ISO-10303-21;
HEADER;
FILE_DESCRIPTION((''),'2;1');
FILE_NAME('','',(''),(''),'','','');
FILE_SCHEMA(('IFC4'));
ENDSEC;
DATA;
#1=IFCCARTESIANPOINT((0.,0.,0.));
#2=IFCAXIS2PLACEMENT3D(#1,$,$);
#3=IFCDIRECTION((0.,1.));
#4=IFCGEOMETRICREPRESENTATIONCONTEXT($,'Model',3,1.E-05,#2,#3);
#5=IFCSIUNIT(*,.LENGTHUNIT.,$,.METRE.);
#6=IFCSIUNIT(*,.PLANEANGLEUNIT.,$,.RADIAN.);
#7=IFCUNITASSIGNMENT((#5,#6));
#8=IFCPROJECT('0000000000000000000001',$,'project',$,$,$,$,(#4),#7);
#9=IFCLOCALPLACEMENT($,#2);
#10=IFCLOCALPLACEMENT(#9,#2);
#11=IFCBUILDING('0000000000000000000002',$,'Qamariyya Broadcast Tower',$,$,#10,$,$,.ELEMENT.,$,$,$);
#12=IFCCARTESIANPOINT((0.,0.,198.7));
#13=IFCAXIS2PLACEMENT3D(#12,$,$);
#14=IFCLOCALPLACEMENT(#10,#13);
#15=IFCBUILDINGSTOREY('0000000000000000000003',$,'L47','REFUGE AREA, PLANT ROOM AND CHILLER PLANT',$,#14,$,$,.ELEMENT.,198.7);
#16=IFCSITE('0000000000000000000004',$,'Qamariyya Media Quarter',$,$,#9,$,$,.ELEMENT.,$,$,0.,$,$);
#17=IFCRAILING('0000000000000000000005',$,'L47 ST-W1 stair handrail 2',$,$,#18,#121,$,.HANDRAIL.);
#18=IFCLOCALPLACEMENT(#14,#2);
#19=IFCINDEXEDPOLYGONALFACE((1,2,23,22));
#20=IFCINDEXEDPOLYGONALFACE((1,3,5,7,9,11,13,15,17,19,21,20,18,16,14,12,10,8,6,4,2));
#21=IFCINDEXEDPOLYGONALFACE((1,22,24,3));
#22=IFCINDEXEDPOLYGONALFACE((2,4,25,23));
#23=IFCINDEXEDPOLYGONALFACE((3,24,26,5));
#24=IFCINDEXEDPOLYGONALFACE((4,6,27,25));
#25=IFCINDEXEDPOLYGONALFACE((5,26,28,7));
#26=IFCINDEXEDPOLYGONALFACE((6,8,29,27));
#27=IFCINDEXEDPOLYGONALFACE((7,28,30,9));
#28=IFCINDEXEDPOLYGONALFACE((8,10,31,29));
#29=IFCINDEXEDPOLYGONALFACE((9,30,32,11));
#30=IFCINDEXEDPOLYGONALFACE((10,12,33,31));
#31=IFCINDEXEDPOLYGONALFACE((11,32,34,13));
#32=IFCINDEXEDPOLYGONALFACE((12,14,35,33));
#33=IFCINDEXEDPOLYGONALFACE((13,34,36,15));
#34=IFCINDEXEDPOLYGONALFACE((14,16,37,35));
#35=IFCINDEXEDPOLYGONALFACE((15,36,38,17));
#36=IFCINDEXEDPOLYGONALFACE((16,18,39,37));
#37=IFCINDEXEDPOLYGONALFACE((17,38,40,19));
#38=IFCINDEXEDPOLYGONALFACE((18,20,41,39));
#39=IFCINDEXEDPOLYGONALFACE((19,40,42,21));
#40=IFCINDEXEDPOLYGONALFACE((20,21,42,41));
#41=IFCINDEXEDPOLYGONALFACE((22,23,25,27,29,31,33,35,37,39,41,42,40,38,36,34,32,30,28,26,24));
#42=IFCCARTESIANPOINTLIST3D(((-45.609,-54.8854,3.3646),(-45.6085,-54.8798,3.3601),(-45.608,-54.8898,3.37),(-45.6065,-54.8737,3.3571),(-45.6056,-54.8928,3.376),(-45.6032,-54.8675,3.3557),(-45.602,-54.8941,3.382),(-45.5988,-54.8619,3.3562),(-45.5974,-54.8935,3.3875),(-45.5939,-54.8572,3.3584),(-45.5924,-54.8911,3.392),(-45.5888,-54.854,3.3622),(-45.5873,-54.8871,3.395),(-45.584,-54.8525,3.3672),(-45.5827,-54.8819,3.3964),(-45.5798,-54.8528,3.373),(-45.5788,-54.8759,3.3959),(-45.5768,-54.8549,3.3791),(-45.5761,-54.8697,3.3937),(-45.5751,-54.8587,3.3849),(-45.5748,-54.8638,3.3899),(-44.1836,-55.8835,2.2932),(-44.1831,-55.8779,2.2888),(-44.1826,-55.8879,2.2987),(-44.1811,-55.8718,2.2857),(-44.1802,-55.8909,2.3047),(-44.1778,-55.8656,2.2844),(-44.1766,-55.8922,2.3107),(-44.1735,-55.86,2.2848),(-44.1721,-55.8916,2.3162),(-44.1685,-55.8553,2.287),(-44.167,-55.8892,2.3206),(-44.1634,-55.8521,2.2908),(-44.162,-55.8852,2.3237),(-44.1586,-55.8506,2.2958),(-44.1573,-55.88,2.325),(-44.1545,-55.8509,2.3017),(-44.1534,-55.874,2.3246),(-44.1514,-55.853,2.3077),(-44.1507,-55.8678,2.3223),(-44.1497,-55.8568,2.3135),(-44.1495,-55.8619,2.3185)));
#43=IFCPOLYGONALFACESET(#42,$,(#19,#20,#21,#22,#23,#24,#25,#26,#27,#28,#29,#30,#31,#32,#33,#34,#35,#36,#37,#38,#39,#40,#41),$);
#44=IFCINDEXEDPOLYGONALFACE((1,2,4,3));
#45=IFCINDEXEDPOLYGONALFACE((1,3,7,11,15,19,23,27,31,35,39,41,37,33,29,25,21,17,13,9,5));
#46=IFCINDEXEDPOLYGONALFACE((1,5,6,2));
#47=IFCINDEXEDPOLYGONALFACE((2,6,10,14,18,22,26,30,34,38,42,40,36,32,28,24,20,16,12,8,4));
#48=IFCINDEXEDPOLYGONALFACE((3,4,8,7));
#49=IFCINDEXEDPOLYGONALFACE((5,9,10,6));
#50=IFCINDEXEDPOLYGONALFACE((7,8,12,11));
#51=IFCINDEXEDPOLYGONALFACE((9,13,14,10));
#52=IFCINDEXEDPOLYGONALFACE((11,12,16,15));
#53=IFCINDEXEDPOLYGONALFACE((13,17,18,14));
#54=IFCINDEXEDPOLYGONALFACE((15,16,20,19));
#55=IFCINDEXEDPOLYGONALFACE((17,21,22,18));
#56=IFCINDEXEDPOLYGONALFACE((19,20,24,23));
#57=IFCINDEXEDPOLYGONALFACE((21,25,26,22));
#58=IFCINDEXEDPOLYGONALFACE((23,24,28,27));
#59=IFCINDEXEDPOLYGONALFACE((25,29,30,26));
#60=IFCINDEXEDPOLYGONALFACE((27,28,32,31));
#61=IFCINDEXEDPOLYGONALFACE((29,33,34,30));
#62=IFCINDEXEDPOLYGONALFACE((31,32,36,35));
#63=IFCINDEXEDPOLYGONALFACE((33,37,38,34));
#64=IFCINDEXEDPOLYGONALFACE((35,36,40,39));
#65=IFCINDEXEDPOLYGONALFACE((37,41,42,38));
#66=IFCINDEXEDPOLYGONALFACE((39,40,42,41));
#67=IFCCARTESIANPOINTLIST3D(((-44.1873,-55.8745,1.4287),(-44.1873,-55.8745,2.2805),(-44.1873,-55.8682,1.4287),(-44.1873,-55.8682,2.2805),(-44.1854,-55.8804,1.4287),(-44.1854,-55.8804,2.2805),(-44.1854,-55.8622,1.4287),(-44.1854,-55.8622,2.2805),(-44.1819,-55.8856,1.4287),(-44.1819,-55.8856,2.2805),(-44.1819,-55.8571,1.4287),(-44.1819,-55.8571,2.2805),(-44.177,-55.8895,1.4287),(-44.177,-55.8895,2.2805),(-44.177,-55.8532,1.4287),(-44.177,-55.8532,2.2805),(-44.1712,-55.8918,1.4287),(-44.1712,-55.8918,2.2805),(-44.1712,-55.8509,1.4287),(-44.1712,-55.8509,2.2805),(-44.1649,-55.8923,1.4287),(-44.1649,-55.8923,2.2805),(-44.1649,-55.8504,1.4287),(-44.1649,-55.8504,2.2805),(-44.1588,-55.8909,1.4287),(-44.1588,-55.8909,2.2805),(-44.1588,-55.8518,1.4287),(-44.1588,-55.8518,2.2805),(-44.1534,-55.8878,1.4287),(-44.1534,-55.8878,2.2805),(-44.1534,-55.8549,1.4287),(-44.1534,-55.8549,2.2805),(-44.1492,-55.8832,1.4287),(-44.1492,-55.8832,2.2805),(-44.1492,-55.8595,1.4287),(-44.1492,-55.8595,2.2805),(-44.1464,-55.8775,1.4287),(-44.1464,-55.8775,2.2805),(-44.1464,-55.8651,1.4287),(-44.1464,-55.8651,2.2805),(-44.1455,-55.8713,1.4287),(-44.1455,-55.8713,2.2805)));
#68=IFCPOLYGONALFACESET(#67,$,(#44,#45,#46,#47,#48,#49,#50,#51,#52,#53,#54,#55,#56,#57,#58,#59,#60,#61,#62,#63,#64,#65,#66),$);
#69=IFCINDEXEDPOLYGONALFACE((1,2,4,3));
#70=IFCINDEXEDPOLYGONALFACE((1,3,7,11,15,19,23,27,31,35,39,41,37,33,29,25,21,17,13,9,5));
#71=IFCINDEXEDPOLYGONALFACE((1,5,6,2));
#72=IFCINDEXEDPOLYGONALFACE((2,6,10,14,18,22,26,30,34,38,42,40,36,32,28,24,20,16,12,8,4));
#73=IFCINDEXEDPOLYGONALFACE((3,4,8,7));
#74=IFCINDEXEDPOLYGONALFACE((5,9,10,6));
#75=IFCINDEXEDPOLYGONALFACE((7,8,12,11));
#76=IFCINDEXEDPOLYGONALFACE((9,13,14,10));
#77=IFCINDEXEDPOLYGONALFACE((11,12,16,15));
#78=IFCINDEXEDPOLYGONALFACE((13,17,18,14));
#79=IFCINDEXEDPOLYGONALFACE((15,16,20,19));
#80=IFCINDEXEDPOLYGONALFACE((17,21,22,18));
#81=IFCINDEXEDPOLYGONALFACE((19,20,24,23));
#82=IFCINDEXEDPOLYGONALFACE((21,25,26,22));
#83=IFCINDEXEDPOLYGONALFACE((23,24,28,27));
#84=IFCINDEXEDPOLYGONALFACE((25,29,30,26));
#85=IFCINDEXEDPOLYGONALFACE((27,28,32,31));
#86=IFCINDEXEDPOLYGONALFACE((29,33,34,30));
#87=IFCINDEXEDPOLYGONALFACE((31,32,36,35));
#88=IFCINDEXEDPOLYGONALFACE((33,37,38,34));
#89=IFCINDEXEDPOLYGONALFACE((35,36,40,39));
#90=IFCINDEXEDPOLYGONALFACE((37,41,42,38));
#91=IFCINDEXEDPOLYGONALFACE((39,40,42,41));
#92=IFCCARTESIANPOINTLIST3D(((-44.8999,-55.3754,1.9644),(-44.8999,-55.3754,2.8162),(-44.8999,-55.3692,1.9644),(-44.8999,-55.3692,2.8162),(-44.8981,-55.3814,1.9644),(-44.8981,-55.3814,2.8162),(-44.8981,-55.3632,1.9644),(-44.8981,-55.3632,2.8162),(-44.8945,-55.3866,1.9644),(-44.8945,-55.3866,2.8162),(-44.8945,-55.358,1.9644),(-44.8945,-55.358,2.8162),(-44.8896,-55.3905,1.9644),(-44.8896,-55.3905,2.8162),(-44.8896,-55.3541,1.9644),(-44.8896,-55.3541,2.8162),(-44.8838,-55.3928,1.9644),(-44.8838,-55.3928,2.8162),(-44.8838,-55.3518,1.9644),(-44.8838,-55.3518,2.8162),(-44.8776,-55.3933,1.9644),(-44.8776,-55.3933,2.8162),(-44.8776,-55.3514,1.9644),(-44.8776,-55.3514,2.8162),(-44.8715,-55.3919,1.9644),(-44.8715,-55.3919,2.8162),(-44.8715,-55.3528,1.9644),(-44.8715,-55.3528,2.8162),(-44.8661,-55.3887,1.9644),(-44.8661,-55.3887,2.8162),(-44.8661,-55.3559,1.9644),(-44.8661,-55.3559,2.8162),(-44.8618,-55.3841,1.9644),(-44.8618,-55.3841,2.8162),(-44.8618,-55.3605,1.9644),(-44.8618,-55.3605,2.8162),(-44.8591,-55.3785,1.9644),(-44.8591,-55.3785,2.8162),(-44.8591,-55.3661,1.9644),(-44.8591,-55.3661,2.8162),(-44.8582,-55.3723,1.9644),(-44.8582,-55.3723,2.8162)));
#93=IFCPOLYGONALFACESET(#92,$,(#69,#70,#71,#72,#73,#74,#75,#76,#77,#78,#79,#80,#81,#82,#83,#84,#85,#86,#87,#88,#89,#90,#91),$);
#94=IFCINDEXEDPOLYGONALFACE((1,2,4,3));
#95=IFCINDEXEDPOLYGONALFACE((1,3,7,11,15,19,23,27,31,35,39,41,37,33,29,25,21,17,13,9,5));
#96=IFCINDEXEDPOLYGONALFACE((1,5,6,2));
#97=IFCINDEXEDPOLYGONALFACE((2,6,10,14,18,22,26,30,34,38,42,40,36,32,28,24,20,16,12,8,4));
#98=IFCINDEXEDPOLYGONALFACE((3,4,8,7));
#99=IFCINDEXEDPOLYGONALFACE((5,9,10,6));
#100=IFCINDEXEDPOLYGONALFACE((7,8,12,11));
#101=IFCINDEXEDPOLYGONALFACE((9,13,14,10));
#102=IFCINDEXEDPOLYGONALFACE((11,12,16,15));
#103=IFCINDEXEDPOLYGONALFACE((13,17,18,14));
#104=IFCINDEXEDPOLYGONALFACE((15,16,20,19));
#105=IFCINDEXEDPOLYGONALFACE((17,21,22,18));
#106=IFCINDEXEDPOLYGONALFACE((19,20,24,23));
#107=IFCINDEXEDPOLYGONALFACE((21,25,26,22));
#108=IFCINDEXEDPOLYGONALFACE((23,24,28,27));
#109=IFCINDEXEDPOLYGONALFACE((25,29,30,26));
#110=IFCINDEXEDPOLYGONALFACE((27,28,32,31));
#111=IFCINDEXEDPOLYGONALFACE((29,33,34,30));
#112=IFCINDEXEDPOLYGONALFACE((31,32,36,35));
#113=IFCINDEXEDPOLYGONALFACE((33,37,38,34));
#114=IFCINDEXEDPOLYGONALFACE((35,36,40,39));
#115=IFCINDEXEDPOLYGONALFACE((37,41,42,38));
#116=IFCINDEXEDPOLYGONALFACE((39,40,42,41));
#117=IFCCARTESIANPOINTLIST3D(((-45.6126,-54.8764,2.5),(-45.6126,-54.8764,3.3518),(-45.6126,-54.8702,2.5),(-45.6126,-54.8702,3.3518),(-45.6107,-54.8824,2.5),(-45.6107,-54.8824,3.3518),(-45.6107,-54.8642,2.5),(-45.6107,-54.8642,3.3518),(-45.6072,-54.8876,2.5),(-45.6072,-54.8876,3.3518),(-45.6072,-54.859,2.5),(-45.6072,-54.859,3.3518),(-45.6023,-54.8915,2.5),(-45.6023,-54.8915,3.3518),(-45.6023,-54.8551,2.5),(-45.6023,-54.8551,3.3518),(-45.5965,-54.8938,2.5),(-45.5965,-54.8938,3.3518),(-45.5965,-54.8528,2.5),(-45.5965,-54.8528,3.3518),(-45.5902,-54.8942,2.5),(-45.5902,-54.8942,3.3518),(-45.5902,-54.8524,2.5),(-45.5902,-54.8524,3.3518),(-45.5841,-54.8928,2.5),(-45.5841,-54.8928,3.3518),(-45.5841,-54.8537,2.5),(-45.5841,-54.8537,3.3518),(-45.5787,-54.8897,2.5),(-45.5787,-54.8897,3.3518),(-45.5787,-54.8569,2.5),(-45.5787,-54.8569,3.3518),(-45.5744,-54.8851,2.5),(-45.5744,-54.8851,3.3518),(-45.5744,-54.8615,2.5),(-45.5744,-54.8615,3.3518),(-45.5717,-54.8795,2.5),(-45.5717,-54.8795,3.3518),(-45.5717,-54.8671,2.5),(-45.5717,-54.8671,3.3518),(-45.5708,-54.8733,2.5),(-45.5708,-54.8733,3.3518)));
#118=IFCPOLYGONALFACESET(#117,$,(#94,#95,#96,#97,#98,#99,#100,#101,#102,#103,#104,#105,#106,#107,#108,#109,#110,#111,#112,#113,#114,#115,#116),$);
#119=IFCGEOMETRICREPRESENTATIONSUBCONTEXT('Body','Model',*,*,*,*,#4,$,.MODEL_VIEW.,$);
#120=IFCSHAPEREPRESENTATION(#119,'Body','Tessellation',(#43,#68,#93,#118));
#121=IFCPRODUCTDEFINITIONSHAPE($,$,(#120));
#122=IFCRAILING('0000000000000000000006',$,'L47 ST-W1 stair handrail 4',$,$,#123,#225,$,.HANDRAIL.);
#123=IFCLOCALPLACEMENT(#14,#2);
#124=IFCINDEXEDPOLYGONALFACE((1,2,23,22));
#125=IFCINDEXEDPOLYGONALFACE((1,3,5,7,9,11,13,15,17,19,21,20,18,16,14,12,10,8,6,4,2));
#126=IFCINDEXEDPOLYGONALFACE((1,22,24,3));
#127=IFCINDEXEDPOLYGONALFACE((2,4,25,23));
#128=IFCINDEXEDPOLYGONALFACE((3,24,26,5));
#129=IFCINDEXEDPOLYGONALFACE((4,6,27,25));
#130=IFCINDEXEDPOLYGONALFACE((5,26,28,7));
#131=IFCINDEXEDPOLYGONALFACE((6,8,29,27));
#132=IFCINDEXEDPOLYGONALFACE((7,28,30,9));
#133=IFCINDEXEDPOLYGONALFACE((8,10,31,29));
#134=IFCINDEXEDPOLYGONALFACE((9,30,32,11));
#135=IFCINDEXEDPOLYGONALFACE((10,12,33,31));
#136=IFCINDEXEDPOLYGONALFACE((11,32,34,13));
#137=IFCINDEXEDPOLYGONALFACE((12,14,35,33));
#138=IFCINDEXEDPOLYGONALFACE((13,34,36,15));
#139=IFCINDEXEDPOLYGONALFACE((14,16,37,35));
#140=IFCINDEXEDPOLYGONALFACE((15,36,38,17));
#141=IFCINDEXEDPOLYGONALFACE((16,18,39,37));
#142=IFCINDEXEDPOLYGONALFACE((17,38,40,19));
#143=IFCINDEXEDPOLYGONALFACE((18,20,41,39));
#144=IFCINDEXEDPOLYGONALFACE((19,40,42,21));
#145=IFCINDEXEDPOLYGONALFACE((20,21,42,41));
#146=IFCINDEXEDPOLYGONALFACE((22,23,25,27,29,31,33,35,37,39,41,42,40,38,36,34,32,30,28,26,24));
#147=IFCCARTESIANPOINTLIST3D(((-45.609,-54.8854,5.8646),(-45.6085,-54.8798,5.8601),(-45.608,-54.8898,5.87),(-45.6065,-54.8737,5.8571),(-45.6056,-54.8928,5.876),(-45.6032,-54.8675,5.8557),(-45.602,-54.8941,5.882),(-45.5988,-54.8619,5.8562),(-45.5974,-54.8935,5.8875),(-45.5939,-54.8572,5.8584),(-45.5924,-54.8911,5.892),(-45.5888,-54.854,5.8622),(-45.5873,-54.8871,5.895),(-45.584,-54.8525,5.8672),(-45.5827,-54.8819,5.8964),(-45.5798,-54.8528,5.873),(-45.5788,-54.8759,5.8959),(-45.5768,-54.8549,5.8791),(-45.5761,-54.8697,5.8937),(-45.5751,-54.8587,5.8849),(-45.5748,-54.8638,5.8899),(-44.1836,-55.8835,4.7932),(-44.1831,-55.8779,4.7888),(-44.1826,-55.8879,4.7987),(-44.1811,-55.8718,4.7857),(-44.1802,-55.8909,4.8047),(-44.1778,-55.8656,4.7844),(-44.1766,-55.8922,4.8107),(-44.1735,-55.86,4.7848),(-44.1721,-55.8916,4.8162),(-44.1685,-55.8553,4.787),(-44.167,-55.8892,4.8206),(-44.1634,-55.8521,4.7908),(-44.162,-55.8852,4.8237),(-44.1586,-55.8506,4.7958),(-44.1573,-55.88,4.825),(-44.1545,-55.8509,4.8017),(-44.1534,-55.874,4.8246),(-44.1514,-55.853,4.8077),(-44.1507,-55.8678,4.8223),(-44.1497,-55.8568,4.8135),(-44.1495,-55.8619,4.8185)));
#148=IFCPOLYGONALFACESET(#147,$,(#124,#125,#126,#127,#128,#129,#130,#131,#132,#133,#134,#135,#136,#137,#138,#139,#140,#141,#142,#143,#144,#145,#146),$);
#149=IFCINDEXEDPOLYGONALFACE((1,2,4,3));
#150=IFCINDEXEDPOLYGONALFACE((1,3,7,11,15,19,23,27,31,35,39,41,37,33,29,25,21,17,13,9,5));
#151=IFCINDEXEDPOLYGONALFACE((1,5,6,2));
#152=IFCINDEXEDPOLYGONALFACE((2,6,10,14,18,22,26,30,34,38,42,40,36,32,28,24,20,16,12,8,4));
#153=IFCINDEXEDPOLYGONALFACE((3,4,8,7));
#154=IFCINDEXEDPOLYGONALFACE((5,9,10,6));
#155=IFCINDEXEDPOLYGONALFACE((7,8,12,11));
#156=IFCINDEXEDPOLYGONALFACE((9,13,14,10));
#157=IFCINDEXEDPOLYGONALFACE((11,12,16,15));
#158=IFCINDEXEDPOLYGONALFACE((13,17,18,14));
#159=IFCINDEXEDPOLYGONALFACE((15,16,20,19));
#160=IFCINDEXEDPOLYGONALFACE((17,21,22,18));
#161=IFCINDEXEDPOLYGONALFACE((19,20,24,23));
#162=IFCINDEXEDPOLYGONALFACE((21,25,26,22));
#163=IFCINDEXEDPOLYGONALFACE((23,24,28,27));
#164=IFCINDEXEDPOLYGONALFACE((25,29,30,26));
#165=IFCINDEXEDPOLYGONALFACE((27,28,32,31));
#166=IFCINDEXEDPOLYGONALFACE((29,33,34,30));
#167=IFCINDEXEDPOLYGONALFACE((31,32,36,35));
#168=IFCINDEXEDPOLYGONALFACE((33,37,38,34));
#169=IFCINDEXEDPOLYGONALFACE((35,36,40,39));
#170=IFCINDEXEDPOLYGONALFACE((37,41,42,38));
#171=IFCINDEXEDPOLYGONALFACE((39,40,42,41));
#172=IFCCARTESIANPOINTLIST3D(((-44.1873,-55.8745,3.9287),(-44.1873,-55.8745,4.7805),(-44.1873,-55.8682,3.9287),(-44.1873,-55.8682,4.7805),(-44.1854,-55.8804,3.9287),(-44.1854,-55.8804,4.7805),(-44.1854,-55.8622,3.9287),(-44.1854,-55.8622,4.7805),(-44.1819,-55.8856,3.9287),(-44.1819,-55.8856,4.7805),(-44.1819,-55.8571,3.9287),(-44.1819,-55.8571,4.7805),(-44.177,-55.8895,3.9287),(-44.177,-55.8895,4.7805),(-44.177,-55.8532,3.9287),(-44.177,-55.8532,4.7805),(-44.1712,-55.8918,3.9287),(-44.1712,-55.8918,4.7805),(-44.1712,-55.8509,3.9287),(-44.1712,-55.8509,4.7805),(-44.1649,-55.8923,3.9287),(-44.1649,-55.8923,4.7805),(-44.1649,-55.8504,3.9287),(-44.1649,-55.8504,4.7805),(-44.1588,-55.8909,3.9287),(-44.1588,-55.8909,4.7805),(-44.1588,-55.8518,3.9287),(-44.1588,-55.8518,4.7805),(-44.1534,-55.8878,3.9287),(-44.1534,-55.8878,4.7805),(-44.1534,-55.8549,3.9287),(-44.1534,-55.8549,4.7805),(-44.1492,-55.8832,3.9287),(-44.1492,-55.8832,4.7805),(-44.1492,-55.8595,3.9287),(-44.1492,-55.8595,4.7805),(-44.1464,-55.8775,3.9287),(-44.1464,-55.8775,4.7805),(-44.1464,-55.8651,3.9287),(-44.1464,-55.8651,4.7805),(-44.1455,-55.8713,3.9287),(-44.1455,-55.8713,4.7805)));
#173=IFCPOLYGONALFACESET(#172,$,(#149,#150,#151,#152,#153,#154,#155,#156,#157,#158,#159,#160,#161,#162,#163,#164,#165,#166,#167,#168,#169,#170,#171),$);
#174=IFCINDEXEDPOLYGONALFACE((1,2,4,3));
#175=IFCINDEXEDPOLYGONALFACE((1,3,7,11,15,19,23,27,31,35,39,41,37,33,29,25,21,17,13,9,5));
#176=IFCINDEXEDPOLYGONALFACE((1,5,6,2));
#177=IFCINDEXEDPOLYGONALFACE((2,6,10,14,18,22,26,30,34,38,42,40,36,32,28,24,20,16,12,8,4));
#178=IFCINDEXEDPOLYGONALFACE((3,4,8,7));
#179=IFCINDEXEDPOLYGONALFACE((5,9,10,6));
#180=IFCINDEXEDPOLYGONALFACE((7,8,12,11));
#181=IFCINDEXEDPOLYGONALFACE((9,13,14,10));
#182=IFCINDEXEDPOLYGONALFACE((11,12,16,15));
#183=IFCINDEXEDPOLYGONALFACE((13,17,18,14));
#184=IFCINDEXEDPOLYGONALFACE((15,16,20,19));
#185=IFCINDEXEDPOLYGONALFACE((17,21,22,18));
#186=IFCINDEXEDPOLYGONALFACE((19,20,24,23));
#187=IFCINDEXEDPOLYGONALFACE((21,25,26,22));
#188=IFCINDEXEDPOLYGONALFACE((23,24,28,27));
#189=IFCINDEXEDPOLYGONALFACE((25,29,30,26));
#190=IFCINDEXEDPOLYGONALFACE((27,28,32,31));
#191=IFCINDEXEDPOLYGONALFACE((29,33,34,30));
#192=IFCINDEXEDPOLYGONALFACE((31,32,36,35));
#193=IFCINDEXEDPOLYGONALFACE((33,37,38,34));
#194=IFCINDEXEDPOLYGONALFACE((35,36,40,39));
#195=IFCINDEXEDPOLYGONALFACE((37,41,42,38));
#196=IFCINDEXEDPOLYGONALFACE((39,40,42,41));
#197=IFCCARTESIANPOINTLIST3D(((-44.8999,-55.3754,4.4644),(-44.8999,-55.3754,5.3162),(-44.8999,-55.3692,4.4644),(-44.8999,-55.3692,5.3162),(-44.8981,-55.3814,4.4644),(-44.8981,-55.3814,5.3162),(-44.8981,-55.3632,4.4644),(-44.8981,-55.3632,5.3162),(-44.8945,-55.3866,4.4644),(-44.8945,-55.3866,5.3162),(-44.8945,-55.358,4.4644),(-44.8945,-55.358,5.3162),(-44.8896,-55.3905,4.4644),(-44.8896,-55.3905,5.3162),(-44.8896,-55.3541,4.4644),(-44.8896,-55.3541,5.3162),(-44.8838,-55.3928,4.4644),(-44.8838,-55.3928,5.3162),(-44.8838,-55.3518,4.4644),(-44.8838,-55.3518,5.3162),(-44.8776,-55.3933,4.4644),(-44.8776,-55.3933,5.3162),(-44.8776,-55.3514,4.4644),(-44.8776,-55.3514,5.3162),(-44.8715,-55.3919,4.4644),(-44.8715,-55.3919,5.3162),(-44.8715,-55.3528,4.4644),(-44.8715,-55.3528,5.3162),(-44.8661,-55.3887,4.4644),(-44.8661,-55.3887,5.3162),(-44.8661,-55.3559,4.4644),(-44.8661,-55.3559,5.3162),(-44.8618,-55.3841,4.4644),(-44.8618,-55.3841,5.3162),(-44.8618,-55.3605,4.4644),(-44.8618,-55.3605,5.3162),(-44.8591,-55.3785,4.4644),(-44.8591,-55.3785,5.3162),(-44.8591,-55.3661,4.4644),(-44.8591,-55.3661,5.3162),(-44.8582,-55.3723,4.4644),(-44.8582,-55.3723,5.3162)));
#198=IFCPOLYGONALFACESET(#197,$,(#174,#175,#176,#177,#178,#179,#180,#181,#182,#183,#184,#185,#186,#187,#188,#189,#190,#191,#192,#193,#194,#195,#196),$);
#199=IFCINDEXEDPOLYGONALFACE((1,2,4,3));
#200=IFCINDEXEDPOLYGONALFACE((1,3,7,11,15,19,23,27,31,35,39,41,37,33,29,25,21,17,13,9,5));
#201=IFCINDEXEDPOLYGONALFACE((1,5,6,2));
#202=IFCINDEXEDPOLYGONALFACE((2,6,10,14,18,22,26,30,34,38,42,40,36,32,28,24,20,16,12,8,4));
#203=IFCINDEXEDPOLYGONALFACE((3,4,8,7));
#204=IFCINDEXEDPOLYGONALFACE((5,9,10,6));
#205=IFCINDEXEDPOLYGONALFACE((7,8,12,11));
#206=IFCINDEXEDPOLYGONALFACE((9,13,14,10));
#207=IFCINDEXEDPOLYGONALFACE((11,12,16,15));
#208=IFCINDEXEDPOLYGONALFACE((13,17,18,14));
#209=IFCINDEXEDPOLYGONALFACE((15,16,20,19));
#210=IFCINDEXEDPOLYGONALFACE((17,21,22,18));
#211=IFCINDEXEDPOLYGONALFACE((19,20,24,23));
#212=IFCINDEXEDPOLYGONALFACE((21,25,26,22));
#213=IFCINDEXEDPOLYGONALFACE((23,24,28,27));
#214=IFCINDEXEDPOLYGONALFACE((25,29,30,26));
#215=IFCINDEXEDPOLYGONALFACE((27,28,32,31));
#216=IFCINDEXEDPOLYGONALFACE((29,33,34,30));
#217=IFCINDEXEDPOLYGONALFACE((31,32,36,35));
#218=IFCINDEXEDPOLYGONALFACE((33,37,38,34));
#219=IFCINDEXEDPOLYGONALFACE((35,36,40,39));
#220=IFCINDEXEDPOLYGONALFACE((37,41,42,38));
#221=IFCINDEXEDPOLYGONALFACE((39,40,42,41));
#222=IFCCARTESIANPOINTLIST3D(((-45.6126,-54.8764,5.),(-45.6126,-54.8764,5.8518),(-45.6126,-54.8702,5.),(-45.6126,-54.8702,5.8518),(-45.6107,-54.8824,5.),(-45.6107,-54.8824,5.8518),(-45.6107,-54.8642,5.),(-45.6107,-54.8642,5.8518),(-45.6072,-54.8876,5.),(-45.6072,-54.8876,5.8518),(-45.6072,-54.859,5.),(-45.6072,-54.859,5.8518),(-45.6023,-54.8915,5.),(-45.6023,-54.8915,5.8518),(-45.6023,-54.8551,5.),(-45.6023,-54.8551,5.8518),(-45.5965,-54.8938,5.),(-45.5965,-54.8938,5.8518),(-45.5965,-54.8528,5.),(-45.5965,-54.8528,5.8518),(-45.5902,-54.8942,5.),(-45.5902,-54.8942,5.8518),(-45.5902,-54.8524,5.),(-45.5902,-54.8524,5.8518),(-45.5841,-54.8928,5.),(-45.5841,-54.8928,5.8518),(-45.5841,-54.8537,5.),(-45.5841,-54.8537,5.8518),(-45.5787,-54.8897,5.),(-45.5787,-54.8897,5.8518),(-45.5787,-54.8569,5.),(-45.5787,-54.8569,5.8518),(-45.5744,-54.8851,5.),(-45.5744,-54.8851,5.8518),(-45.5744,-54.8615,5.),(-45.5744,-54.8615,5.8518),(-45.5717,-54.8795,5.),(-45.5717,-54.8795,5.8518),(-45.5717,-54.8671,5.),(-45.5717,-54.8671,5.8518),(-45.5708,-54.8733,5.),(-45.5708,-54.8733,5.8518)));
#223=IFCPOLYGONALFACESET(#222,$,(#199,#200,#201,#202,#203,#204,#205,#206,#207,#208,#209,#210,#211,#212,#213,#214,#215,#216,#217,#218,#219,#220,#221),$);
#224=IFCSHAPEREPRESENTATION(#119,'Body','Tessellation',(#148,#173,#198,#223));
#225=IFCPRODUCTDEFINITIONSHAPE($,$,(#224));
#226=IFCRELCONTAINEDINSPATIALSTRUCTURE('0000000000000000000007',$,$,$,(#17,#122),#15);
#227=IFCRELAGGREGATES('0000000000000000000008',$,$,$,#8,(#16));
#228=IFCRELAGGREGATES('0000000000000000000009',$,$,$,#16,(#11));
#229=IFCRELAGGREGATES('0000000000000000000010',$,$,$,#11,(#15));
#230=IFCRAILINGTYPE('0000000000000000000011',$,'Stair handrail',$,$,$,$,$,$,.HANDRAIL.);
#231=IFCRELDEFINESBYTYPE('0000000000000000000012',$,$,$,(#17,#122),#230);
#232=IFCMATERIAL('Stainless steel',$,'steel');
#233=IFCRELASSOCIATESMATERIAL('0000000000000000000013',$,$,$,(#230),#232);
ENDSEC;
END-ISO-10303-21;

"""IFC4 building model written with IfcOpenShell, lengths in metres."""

from ifc_helpers import new_model, si_unit, direction, frame, origin, origin_2d, place, context, subcontext, project, spatial, circle, extrude, material, type_object, element, save


model = new_model("IFC4")

# Units and contexts
model_context = context("Model", 3, precision=1e-05, world=origin(), true_north=direction((0.0, 1.0)))
body_context = subcontext(model_context, "Body", "Model", "MODEL_VIEW")
ifc_project = project(units=[si_unit("LENGTHUNIT", "METRE"), si_unit("PLANEANGLEUNIT", "RADIAN")], contexts=[model_context])

# Site, building, storey
site_placement = place(None, origin())
site = spatial("IfcSite", under=ifc_project, at=site_placement, Name="Qamariyya Media Quarter", CompositionType="ELEMENT", RefElevation=0.0)
building_placement = place(site_placement, origin())
building = spatial("IfcBuilding", under=site, at=building_placement, Name="Qamariyya Broadcast Tower", CompositionType="ELEMENT")
storey_placement = place(building_placement, frame((0.0, 0.0, 198.7)))
storey = spatial("IfcBuildingStorey", under=building, at=storey_placement, Name="L47", Description="REFUGE AREA, PLANT ROOM AND CHILLER PLANT", CompositionType="ELEMENT", Elevation=198.7)

# Railings
ifc_material_1 = material(Name="Stainless steel", Category="steel")
railing_type_1 = type_object("IfcRailingType", Name="Stair handrail", PredefinedType="HANDRAIL", material=ifc_material_1)
for number, where, name in (
    (1, (-44.1665, -55.8713, 1.4287), "L47 ST-W1 stair handrail 2"),
    (2, (-44.1665, -55.8713, 3.9287), "L47 ST-W1 stair handrail 4"),
):
    element("IfcRailing", number, at=place(storey_placement, frame(where)), inside=storey, type_object=railing_type_1, Name=name, PredefinedType="HANDRAIL", context=body_context, shape_type="SweptSolid", body=[
        extrude(circle(Radius=0.0239, at=origin_2d()), frame((0.0, 0.0, 0.876), z_axis=(-0.697533, 0.48844, 0.524285), x_axis=(-0.573594, -0.81914, 0.0)), (0.0, 0.0, 1.0), 2.0435),
        extrude(circle(Radius=0.021, at=origin_2d()), origin(), (0.0, 0.0, 1.0), 0.8518),
        extrude(circle(Radius=0.021, at=origin_2d()), frame((-0.7126, 0.499, 0.5356)), (0.0, 0.0, 1.0), 0.8518),
        extrude(circle(Radius=0.021, at=origin_2d()), frame((-1.4253, 0.998, 1.0713)), (0.0, 0.0, 1.0), 0.8518),
    ])

save(model, "model.ifc")
